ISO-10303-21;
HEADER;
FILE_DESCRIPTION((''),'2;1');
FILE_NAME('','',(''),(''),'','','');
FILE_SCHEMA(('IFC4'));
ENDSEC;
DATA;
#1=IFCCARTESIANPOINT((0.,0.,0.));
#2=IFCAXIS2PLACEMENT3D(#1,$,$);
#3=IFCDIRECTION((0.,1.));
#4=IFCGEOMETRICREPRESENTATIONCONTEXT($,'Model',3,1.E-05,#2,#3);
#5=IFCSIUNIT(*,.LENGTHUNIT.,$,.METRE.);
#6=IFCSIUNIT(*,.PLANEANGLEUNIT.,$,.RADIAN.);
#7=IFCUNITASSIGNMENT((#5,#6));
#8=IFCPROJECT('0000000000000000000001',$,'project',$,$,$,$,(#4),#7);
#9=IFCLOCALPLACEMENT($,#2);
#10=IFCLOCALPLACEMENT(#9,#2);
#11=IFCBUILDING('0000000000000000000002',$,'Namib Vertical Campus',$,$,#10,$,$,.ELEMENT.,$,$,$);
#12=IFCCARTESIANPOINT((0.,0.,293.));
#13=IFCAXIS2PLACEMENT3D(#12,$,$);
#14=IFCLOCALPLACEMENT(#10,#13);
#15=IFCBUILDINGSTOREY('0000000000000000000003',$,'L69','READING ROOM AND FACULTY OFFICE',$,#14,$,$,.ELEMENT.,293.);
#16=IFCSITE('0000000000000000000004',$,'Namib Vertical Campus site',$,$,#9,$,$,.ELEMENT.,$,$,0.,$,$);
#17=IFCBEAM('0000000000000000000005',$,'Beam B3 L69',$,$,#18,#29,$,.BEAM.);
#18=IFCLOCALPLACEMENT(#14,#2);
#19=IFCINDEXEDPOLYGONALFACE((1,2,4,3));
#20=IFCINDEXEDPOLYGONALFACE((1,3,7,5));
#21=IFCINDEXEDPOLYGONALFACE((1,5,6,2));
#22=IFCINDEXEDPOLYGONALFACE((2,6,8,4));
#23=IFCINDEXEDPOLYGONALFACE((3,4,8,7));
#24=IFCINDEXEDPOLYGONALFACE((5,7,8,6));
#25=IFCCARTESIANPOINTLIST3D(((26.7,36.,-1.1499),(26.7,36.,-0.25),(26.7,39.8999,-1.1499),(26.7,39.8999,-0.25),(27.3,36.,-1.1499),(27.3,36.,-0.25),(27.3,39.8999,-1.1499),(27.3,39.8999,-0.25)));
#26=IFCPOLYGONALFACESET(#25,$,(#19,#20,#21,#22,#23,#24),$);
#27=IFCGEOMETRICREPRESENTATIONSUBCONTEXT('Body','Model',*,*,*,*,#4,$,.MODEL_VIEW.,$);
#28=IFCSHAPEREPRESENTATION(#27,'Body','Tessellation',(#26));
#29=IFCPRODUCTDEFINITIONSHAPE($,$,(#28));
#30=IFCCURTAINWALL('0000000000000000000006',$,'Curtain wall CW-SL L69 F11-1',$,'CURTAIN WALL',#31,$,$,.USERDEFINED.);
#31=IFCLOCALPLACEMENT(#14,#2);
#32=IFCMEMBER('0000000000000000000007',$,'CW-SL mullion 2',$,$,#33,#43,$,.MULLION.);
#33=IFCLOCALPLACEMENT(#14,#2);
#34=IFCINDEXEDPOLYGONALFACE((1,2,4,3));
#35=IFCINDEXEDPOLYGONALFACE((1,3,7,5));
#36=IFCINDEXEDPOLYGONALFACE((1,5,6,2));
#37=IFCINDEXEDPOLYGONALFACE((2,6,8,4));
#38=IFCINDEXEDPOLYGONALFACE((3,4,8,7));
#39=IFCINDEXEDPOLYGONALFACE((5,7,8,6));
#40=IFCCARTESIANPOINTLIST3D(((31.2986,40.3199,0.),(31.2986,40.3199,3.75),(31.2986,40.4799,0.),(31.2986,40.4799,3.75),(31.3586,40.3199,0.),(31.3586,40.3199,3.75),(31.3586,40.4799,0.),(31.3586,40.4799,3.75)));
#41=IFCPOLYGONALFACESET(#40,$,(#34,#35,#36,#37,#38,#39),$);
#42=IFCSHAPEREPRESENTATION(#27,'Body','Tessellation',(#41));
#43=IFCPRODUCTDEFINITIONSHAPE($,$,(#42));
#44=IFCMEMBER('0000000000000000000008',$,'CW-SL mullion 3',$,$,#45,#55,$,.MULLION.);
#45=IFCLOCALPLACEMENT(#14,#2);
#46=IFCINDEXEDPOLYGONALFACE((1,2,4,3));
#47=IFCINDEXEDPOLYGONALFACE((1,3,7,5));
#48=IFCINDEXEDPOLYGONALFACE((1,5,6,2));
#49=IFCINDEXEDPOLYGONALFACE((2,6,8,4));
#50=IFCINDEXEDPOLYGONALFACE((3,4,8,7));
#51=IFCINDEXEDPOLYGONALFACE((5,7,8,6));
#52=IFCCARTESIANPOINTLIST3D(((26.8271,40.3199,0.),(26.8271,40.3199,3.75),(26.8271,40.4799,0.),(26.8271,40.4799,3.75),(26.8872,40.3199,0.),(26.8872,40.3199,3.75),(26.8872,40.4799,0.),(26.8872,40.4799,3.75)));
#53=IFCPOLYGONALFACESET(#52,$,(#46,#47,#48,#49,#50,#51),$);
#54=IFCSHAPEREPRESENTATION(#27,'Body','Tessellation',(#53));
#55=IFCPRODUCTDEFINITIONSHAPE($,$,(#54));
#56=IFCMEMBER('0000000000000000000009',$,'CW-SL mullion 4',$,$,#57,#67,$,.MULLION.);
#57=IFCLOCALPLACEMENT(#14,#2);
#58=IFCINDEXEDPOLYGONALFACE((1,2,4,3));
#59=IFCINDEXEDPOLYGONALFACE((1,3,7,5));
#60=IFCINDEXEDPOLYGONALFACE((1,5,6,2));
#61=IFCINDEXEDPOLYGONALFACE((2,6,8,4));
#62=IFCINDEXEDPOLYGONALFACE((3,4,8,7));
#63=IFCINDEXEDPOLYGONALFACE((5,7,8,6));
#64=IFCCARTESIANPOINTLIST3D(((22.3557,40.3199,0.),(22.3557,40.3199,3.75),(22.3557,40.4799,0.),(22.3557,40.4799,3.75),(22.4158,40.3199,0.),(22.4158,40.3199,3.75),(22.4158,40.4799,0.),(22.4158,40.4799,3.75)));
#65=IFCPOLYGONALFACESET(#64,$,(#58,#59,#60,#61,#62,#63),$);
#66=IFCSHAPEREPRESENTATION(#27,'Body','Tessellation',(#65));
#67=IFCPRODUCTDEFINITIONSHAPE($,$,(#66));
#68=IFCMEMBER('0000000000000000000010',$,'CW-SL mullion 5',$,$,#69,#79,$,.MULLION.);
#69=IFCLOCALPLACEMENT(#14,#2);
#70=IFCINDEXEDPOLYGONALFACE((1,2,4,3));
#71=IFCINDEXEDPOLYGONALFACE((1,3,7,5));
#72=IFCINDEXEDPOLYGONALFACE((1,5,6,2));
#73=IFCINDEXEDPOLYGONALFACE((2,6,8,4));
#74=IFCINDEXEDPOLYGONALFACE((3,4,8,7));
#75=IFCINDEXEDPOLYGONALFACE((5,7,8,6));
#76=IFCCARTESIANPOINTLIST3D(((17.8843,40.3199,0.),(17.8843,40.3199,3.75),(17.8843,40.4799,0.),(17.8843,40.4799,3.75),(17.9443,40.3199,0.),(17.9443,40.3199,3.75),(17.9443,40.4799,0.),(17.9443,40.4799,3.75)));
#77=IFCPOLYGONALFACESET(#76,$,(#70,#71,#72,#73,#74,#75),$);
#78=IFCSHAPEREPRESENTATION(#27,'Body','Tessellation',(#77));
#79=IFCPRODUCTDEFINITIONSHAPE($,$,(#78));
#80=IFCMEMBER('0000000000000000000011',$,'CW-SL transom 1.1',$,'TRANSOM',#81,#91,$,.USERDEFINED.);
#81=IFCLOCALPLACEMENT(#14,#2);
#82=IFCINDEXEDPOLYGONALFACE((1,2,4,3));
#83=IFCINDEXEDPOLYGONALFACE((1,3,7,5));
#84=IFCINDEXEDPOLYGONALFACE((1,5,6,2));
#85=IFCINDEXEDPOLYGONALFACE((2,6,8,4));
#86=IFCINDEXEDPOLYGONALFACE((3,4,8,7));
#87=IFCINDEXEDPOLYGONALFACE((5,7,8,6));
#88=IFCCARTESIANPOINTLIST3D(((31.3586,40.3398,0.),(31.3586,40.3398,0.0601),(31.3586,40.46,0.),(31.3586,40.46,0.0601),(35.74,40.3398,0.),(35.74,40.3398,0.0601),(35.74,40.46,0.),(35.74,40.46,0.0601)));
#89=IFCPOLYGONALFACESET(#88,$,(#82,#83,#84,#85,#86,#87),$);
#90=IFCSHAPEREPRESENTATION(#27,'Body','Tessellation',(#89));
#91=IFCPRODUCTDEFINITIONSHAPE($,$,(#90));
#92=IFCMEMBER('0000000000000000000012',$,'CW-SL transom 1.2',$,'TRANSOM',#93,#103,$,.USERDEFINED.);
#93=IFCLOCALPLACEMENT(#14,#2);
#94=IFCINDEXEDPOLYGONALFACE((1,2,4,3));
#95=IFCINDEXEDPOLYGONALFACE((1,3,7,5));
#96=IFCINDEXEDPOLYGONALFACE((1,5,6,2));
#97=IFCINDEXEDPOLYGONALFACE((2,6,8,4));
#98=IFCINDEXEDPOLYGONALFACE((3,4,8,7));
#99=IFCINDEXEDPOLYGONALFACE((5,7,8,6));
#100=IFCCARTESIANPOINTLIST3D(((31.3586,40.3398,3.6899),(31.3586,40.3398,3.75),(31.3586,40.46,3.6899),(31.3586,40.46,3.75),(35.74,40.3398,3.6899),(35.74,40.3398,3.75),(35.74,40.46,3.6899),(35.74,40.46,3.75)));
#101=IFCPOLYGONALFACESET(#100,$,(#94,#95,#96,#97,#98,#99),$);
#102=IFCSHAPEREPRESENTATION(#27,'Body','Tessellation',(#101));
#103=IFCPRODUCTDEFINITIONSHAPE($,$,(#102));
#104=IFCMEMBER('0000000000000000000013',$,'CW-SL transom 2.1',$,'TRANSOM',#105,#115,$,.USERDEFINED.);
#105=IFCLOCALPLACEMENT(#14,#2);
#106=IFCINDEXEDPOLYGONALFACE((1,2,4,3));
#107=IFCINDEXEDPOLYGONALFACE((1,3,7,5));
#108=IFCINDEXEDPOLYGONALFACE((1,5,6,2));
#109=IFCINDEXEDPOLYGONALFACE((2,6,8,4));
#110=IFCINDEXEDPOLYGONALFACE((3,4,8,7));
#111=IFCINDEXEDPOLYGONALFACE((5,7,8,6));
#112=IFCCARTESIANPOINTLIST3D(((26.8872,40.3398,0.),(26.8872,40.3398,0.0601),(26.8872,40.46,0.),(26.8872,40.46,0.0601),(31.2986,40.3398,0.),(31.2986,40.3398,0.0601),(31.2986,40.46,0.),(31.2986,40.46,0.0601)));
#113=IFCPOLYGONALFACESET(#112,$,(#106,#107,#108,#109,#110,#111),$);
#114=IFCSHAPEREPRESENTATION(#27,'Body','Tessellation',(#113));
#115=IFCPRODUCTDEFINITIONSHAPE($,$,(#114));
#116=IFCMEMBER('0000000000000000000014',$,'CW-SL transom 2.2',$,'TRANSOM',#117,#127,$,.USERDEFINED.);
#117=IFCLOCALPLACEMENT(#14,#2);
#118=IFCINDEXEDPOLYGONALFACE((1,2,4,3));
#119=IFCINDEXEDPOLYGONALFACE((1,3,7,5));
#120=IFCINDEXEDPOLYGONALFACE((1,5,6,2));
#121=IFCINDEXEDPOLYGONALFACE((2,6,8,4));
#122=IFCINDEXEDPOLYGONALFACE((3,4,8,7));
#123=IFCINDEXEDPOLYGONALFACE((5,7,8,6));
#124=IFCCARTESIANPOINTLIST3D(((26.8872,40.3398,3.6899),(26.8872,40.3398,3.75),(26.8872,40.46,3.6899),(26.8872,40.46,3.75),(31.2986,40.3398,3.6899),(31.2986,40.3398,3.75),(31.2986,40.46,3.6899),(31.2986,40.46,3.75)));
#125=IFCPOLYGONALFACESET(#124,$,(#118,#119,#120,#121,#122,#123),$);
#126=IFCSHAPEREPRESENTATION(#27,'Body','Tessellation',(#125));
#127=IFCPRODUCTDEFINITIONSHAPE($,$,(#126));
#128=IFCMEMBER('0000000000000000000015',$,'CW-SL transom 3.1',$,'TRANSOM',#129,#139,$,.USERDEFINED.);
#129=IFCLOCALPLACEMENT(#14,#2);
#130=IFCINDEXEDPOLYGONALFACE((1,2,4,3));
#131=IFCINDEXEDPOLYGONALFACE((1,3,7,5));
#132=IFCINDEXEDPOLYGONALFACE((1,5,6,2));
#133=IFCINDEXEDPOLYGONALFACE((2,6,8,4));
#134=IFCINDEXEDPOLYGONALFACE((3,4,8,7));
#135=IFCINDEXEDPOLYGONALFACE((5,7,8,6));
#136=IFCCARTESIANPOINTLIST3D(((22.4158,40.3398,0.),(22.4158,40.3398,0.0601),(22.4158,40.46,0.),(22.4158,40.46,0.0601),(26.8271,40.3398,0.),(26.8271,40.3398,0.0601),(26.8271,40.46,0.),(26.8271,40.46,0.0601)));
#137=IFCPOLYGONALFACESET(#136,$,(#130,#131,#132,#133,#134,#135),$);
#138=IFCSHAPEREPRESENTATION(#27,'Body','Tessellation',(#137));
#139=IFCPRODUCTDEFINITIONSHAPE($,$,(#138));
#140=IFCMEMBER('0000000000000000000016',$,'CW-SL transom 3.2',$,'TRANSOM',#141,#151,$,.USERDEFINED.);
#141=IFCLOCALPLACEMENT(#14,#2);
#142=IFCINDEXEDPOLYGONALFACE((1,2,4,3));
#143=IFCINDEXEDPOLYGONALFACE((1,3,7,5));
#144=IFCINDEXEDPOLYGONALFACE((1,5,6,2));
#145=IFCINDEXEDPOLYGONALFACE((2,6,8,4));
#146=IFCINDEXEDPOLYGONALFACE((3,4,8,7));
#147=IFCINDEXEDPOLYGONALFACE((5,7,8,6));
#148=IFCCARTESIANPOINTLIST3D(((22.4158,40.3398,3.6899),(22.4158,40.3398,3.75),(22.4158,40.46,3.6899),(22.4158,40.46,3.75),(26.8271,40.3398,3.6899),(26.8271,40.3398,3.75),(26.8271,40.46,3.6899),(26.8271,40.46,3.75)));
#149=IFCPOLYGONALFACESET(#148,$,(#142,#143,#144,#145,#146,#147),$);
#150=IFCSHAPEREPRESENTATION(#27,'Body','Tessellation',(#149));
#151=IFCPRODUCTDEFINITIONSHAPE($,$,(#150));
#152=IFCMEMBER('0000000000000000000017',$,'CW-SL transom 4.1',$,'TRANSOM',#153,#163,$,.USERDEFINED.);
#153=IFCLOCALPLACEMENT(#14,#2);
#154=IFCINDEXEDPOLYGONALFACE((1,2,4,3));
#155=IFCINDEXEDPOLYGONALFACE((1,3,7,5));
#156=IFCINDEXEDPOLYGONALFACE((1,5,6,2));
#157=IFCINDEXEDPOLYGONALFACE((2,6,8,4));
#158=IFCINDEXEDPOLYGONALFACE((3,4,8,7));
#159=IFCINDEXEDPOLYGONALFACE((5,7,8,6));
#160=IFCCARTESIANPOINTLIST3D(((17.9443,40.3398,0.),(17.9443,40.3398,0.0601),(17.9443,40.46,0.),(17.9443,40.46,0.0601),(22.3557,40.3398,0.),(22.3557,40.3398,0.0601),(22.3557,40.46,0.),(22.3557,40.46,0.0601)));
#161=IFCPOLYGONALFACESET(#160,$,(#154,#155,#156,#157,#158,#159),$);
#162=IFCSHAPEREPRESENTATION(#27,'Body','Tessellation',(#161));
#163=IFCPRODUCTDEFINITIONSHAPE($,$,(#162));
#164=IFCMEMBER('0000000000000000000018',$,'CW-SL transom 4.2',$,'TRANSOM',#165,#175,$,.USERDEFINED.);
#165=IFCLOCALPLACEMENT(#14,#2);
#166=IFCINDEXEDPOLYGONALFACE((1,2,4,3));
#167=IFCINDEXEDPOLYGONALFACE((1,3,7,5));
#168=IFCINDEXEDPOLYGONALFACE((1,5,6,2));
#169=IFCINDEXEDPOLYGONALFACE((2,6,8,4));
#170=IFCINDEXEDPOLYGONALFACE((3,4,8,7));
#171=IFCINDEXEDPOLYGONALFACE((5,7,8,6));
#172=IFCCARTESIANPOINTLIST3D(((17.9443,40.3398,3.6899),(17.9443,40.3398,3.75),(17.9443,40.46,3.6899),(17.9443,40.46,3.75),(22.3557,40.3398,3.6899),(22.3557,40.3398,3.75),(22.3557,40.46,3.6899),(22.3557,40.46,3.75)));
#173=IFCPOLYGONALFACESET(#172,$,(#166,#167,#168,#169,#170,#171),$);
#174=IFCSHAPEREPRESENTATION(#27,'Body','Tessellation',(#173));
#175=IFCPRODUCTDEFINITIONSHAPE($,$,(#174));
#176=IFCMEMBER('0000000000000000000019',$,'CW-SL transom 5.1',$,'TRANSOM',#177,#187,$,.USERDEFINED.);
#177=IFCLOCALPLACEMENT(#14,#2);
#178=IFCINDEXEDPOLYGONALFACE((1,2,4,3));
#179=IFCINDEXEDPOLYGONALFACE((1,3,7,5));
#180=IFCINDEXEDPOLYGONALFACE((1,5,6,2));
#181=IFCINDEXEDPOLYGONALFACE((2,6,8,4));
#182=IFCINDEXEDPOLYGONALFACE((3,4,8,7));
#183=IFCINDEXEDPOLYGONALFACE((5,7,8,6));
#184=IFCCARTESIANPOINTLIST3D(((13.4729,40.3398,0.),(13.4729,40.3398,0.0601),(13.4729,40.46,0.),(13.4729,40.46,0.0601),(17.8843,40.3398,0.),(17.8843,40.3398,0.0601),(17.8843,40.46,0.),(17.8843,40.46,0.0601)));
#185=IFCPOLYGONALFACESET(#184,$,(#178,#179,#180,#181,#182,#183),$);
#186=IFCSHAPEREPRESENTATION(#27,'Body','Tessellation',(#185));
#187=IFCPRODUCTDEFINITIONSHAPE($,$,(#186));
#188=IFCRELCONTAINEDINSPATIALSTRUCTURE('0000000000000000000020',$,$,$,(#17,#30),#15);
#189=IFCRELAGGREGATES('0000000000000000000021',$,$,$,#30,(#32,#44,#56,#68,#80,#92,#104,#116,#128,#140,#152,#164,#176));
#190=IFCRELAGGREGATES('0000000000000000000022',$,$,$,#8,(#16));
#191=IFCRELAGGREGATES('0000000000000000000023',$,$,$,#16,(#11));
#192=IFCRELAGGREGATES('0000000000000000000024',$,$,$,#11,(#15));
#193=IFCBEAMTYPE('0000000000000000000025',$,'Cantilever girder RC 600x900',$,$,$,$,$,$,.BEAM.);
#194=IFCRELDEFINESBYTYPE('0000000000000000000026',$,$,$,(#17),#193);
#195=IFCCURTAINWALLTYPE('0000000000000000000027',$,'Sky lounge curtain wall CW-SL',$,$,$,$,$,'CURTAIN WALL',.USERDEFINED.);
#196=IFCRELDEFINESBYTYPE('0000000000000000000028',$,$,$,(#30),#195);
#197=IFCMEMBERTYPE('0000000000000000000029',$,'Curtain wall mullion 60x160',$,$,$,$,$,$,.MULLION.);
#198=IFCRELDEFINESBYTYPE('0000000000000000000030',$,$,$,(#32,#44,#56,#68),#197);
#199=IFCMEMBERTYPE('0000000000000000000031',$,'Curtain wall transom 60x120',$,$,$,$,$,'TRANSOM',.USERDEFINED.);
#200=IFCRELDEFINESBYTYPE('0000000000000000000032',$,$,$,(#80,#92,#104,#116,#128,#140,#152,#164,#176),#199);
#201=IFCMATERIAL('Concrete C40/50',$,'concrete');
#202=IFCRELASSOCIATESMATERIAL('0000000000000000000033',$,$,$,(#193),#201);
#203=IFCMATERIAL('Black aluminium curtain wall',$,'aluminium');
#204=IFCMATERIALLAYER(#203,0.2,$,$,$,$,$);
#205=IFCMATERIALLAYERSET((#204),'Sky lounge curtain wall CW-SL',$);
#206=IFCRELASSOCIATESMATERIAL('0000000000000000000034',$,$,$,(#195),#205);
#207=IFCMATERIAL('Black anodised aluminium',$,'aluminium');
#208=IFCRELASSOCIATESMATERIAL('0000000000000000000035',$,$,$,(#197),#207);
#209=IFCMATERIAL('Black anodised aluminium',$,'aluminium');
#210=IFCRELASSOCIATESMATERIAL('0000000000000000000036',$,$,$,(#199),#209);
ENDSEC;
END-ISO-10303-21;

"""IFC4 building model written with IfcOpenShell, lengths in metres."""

from ifc_helpers import new_model, si_unit, direction, frame, origin, origin_2d, place, context, subcontext, project, spatial, rectangle, extrude, material, layer, layer_set, material_profile, profile_set, type_object, element, aggregate, save


model = new_model("IFC4")

# Units and contexts
model_context = context("Model", 3, precision=1e-05, world=origin(), true_north=direction((0.0, 1.0)))
body_context = subcontext(model_context, "Body", "Model", "MODEL_VIEW")
ifc_project = project(units=[si_unit("LENGTHUNIT", "METRE"), si_unit("PLANEANGLEUNIT", "RADIAN")], contexts=[model_context])

# Site, building, storey
site_placement = place(None, origin())
site = spatial("IfcSite", under=ifc_project, at=site_placement, Name="Namib Vertical Campus site", CompositionType="ELEMENT", RefElevation=0.0)
building_placement = place(site_placement, origin())
building = spatial("IfcBuilding", under=site, at=building_placement, Name="Namib Vertical Campus", CompositionType="ELEMENT")
storey_placement = place(building_placement, frame((0.0, 0.0, 293.0)))
storey = spatial("IfcBuildingStorey", under=building, at=storey_placement, Name="L69", Description="READING ROOM AND FACULTY OFFICE", CompositionType="ELEMENT", Elevation=293.0)

# Beam
ifc_material_1 = material(Name="Concrete C40/50", Category="concrete")
ifc_material_profile_1 = material_profile(ifc_material_1, rectangle(XDim=0.6001, YDim=0.8999, at=origin_2d()))
ifc_profile_set_1 = profile_set([ifc_material_profile_1], Name="Concrete C40/50")
beam_type_1 = type_object("IfcBeamType", Name="Cantilever girder RC 600x900", PredefinedType="BEAM", material=ifc_profile_set_1)
beam_1_placement = place(storey_placement, frame((27.0, 36.0, -0.7), z_axis=(0.0, 1.0, 0.0), x_axis=(-1.0, 0.0, 0.0)))
element("IfcBeam", 1, at=beam_1_placement, inside=storey, type_object=beam_type_1, Name="Beam B3 L69", PredefinedType="BEAM", context=body_context, shape_type="SweptSolid", body=[
    extrude(rectangle(XDim=0.6001, YDim=0.8999, at=origin_2d()), origin(), (0.0, 0.0, 1.0), 3.8999),
])

# Curtain wall, members
ifc_material_2 = material(Name="Black aluminium curtain wall", Category="aluminium")
ifc_layer_1 = layer(ifc_material_2, 0.2)
ifc_layer_set_1 = layer_set([ifc_layer_1], Name="Sky lounge curtain wall CW-SL")
curtain_wall_type = type_object("IfcCurtainWallType", Name="Sky lounge curtain wall CW-SL", ElementType="CURTAIN WALL", PredefinedType="USERDEFINED", material=ifc_layer_set_1)
curtain_wall_placement = place(storey_placement, origin())
curtain_wall = element("IfcCurtainWall", 2, at=curtain_wall_placement, inside=storey, type_object=curtain_wall_type, Name="Curtain wall CW-SL L69 F11-1", ObjectType="CURTAIN WALL", PredefinedType="USERDEFINED")
ifc_material_3 = material(Name="Black anodised aluminium", Category="aluminium")
ifc_material_profile_2 = material_profile(ifc_material_3, rectangle(XDim=0.0601, YDim=0.1599, at=origin_2d()))
ifc_profile_set_2 = profile_set([ifc_material_profile_2], Name="Black anodised aluminium")
member_type_1 = type_object("IfcMemberType", Name="Curtain wall mullion 60x160", PredefinedType="MULLION", material=ifc_profile_set_2)
member_1_placement = place(storey_placement, frame((31.3286, 40.3999, 0.0), z_axis=(0.0, 0.0, 1.0), x_axis=(-1.0, 0.0, 0.0)))
member_1 = element("IfcMember", 3, at=member_1_placement, type_object=member_type_1, Name="CW-SL mullion 2", PredefinedType="MULLION", context=body_context, shape_type="SweptSolid", body=[
    extrude(rectangle(XDim=0.0601, YDim=0.1599, at=origin_2d()), origin(), (0.0, 0.0, 1.0), 3.75),
])
member_2_placement = place(storey_placement, frame((26.8572, 40.3999, 0.0), z_axis=(0.0, 0.0, 1.0), x_axis=(-1.0, 0.0, 0.0)))
member_2 = element("IfcMember", 4, at=member_2_placement, type_object=member_type_1, Name="CW-SL mullion 3", PredefinedType="MULLION", context=body_context, shape_type="SweptSolid", body=[
    extrude(rectangle(XDim=0.0601, YDim=0.1599, at=origin_2d()), origin(), (0.0, 0.0, 1.0), 3.75),
])
member_3_placement = place(storey_placement, frame((22.3857, 40.3999, 0.0), z_axis=(0.0, 0.0, 1.0), x_axis=(-1.0, 0.0, 0.0)))
member_3 = element("IfcMember", 5, at=member_3_placement, type_object=member_type_1, Name="CW-SL mullion 4", PredefinedType="MULLION", context=body_context, shape_type="SweptSolid", body=[
    extrude(rectangle(XDim=0.0601, YDim=0.1599, at=origin_2d()), origin(), (0.0, 0.0, 1.0), 3.75),
])
member_4_placement = place(storey_placement, frame((17.9143, 40.3999, 0.0), z_axis=(0.0, 0.0, 1.0), x_axis=(-1.0, 0.0, 0.0)))
member_4 = element("IfcMember", 6, at=member_4_placement, type_object=member_type_1, Name="CW-SL mullion 5", PredefinedType="MULLION", context=body_context, shape_type="SweptSolid", body=[
    extrude(rectangle(XDim=0.0601, YDim=0.1599, at=origin_2d()), origin(), (0.0, 0.0, 1.0), 3.75),
])
ifc_material_4 = material(Name="Black anodised aluminium", Category="aluminium")
ifc_material_profile_3 = material_profile(ifc_material_4, rectangle(XDim=0.0601, YDim=0.1201, at=origin_2d()))
ifc_profile_set_3 = profile_set([ifc_material_profile_3], Name="Black anodised aluminium")
member_type_2 = type_object("IfcMemberType", Name="Curtain wall transom 60x120", ElementType="TRANSOM", PredefinedType="USERDEFINED", material=ifc_profile_set_3)
member_5_placement = place(storey_placement, frame((35.74, 40.3999, 0.03), z_axis=(-1.0, 0.0, 0.0), x_axis=(0.0, 0.0, 1.0)))
member_5 = element("IfcMember", 7, at=member_5_placement, type_object=member_type_2, Name="CW-SL transom 1.1", ObjectType="TRANSOM", PredefinedType="USERDEFINED", context=body_context, shape_type="SweptSolid", body=[
    extrude(rectangle(XDim=0.0601, YDim=0.1201, at=origin_2d()), origin(), (0.0, 0.0, 1.0), 4.3813),
])
member_6_placement = place(storey_placement, frame((35.74, 40.3999, 3.72), z_axis=(-1.0, 0.0, 0.0), x_axis=(0.0, 0.0, 1.0)))
member_6 = element("IfcMember", 8, at=member_6_placement, type_object=member_type_2, Name="CW-SL transom 1.2", ObjectType="TRANSOM", PredefinedType="USERDEFINED", context=body_context, shape_type="SweptSolid", body=[
    extrude(rectangle(XDim=0.0601, YDim=0.1201, at=origin_2d()), origin(), (0.0, 0.0, 1.0), 4.3813),
])
member_7_placement = place(storey_placement, frame((31.2986, 40.3999, 0.03), z_axis=(-1.0, 0.0, 0.0), x_axis=(0.0, 0.0, 1.0)))
member_7 = element("IfcMember", 9, at=member_7_placement, type_object=member_type_2, Name="CW-SL transom 2.1", ObjectType="TRANSOM", PredefinedType="USERDEFINED", context=body_context, shape_type="SweptSolid", body=[
    extrude(rectangle(XDim=0.0601, YDim=0.1201, at=origin_2d()), origin(), (0.0, 0.0, 1.0), 4.4114),
])
member_8_placement = place(storey_placement, frame((31.2986, 40.3999, 3.72), z_axis=(-1.0, 0.0, 0.0), x_axis=(0.0, 0.0, 1.0)))
member_8 = element("IfcMember", 10, at=member_8_placement, type_object=member_type_2, Name="CW-SL transom 2.2", ObjectType="TRANSOM", PredefinedType="USERDEFINED", context=body_context, shape_type="SweptSolid", body=[
    extrude(rectangle(XDim=0.0601, YDim=0.1201, at=origin_2d()), origin(), (0.0, 0.0, 1.0), 4.4114),
])
member_9_placement = place(storey_placement, frame((26.8271, 40.3999, 0.03), z_axis=(-1.0, 0.0, 0.0), x_axis=(0.0, 0.0, 1.0)))
member_9 = element("IfcMember", 11, at=member_9_placement, type_object=member_type_2, Name="CW-SL transom 3.1", ObjectType="TRANSOM", PredefinedType="USERDEFINED", context=body_context, shape_type="SweptSolid", body=[
    extrude(rectangle(XDim=0.0601, YDim=0.1201, at=origin_2d()), origin(), (0.0, 0.0, 1.0), 4.4114),
])
member_10_placement = place(storey_placement, frame((26.8271, 40.3999, 3.72), z_axis=(-1.0, 0.0, 0.0), x_axis=(0.0, 0.0, 1.0)))
member_10 = element("IfcMember", 12, at=member_10_placement, type_object=member_type_2, Name="CW-SL transom 3.2", ObjectType="TRANSOM", PredefinedType="USERDEFINED", context=body_context, shape_type="SweptSolid", body=[
    extrude(rectangle(XDim=0.0601, YDim=0.1201, at=origin_2d()), origin(), (0.0, 0.0, 1.0), 4.4114),
])
member_11_placement = place(storey_placement, frame((22.3557, 40.3999, 0.03), z_axis=(-1.0, 0.0, 0.0), x_axis=(0.0, 0.0, 1.0)))
member_11 = element("IfcMember", 13, at=member_11_placement, type_object=member_type_2, Name="CW-SL transom 4.1", ObjectType="TRANSOM", PredefinedType="USERDEFINED", context=body_context, shape_type="SweptSolid", body=[
    extrude(rectangle(XDim=0.0601, YDim=0.1201, at=origin_2d()), origin(), (0.0, 0.0, 1.0), 4.4114),
])
member_12_placement = place(storey_placement, frame((22.3557, 40.3999, 3.72), z_axis=(-1.0, 0.0, 0.0), x_axis=(0.0, 0.0, 1.0)))
member_12 = element("IfcMember", 14, at=member_12_placement, type_object=member_type_2, Name="CW-SL transom 4.2", ObjectType="TRANSOM", PredefinedType="USERDEFINED", context=body_context, shape_type="SweptSolid", body=[
    extrude(rectangle(XDim=0.0601, YDim=0.1201, at=origin_2d()), origin(), (0.0, 0.0, 1.0), 4.4114),
])
member_13_placement = place(storey_placement, frame((17.8843, 40.3999, 0.03), z_axis=(-1.0, 0.0, 0.0), x_axis=(0.0, 0.0, 1.0)))
member_13 = element("IfcMember", 15, at=member_13_placement, type_object=member_type_2, Name="CW-SL transom 5.1", ObjectType="TRANSOM", PredefinedType="USERDEFINED", context=body_context, shape_type="SweptSolid", body=[
    extrude(rectangle(XDim=0.0601, YDim=0.1201, at=origin_2d()), origin(), (0.0, 0.0, 1.0), 4.4114),
])

aggregate(curtain_wall, [member_1, member_2, member_3, member_4, member_5, member_6, member_7, member_8, member_9, member_10, member_11, member_12, member_13])

save(model, "model.ifc")
